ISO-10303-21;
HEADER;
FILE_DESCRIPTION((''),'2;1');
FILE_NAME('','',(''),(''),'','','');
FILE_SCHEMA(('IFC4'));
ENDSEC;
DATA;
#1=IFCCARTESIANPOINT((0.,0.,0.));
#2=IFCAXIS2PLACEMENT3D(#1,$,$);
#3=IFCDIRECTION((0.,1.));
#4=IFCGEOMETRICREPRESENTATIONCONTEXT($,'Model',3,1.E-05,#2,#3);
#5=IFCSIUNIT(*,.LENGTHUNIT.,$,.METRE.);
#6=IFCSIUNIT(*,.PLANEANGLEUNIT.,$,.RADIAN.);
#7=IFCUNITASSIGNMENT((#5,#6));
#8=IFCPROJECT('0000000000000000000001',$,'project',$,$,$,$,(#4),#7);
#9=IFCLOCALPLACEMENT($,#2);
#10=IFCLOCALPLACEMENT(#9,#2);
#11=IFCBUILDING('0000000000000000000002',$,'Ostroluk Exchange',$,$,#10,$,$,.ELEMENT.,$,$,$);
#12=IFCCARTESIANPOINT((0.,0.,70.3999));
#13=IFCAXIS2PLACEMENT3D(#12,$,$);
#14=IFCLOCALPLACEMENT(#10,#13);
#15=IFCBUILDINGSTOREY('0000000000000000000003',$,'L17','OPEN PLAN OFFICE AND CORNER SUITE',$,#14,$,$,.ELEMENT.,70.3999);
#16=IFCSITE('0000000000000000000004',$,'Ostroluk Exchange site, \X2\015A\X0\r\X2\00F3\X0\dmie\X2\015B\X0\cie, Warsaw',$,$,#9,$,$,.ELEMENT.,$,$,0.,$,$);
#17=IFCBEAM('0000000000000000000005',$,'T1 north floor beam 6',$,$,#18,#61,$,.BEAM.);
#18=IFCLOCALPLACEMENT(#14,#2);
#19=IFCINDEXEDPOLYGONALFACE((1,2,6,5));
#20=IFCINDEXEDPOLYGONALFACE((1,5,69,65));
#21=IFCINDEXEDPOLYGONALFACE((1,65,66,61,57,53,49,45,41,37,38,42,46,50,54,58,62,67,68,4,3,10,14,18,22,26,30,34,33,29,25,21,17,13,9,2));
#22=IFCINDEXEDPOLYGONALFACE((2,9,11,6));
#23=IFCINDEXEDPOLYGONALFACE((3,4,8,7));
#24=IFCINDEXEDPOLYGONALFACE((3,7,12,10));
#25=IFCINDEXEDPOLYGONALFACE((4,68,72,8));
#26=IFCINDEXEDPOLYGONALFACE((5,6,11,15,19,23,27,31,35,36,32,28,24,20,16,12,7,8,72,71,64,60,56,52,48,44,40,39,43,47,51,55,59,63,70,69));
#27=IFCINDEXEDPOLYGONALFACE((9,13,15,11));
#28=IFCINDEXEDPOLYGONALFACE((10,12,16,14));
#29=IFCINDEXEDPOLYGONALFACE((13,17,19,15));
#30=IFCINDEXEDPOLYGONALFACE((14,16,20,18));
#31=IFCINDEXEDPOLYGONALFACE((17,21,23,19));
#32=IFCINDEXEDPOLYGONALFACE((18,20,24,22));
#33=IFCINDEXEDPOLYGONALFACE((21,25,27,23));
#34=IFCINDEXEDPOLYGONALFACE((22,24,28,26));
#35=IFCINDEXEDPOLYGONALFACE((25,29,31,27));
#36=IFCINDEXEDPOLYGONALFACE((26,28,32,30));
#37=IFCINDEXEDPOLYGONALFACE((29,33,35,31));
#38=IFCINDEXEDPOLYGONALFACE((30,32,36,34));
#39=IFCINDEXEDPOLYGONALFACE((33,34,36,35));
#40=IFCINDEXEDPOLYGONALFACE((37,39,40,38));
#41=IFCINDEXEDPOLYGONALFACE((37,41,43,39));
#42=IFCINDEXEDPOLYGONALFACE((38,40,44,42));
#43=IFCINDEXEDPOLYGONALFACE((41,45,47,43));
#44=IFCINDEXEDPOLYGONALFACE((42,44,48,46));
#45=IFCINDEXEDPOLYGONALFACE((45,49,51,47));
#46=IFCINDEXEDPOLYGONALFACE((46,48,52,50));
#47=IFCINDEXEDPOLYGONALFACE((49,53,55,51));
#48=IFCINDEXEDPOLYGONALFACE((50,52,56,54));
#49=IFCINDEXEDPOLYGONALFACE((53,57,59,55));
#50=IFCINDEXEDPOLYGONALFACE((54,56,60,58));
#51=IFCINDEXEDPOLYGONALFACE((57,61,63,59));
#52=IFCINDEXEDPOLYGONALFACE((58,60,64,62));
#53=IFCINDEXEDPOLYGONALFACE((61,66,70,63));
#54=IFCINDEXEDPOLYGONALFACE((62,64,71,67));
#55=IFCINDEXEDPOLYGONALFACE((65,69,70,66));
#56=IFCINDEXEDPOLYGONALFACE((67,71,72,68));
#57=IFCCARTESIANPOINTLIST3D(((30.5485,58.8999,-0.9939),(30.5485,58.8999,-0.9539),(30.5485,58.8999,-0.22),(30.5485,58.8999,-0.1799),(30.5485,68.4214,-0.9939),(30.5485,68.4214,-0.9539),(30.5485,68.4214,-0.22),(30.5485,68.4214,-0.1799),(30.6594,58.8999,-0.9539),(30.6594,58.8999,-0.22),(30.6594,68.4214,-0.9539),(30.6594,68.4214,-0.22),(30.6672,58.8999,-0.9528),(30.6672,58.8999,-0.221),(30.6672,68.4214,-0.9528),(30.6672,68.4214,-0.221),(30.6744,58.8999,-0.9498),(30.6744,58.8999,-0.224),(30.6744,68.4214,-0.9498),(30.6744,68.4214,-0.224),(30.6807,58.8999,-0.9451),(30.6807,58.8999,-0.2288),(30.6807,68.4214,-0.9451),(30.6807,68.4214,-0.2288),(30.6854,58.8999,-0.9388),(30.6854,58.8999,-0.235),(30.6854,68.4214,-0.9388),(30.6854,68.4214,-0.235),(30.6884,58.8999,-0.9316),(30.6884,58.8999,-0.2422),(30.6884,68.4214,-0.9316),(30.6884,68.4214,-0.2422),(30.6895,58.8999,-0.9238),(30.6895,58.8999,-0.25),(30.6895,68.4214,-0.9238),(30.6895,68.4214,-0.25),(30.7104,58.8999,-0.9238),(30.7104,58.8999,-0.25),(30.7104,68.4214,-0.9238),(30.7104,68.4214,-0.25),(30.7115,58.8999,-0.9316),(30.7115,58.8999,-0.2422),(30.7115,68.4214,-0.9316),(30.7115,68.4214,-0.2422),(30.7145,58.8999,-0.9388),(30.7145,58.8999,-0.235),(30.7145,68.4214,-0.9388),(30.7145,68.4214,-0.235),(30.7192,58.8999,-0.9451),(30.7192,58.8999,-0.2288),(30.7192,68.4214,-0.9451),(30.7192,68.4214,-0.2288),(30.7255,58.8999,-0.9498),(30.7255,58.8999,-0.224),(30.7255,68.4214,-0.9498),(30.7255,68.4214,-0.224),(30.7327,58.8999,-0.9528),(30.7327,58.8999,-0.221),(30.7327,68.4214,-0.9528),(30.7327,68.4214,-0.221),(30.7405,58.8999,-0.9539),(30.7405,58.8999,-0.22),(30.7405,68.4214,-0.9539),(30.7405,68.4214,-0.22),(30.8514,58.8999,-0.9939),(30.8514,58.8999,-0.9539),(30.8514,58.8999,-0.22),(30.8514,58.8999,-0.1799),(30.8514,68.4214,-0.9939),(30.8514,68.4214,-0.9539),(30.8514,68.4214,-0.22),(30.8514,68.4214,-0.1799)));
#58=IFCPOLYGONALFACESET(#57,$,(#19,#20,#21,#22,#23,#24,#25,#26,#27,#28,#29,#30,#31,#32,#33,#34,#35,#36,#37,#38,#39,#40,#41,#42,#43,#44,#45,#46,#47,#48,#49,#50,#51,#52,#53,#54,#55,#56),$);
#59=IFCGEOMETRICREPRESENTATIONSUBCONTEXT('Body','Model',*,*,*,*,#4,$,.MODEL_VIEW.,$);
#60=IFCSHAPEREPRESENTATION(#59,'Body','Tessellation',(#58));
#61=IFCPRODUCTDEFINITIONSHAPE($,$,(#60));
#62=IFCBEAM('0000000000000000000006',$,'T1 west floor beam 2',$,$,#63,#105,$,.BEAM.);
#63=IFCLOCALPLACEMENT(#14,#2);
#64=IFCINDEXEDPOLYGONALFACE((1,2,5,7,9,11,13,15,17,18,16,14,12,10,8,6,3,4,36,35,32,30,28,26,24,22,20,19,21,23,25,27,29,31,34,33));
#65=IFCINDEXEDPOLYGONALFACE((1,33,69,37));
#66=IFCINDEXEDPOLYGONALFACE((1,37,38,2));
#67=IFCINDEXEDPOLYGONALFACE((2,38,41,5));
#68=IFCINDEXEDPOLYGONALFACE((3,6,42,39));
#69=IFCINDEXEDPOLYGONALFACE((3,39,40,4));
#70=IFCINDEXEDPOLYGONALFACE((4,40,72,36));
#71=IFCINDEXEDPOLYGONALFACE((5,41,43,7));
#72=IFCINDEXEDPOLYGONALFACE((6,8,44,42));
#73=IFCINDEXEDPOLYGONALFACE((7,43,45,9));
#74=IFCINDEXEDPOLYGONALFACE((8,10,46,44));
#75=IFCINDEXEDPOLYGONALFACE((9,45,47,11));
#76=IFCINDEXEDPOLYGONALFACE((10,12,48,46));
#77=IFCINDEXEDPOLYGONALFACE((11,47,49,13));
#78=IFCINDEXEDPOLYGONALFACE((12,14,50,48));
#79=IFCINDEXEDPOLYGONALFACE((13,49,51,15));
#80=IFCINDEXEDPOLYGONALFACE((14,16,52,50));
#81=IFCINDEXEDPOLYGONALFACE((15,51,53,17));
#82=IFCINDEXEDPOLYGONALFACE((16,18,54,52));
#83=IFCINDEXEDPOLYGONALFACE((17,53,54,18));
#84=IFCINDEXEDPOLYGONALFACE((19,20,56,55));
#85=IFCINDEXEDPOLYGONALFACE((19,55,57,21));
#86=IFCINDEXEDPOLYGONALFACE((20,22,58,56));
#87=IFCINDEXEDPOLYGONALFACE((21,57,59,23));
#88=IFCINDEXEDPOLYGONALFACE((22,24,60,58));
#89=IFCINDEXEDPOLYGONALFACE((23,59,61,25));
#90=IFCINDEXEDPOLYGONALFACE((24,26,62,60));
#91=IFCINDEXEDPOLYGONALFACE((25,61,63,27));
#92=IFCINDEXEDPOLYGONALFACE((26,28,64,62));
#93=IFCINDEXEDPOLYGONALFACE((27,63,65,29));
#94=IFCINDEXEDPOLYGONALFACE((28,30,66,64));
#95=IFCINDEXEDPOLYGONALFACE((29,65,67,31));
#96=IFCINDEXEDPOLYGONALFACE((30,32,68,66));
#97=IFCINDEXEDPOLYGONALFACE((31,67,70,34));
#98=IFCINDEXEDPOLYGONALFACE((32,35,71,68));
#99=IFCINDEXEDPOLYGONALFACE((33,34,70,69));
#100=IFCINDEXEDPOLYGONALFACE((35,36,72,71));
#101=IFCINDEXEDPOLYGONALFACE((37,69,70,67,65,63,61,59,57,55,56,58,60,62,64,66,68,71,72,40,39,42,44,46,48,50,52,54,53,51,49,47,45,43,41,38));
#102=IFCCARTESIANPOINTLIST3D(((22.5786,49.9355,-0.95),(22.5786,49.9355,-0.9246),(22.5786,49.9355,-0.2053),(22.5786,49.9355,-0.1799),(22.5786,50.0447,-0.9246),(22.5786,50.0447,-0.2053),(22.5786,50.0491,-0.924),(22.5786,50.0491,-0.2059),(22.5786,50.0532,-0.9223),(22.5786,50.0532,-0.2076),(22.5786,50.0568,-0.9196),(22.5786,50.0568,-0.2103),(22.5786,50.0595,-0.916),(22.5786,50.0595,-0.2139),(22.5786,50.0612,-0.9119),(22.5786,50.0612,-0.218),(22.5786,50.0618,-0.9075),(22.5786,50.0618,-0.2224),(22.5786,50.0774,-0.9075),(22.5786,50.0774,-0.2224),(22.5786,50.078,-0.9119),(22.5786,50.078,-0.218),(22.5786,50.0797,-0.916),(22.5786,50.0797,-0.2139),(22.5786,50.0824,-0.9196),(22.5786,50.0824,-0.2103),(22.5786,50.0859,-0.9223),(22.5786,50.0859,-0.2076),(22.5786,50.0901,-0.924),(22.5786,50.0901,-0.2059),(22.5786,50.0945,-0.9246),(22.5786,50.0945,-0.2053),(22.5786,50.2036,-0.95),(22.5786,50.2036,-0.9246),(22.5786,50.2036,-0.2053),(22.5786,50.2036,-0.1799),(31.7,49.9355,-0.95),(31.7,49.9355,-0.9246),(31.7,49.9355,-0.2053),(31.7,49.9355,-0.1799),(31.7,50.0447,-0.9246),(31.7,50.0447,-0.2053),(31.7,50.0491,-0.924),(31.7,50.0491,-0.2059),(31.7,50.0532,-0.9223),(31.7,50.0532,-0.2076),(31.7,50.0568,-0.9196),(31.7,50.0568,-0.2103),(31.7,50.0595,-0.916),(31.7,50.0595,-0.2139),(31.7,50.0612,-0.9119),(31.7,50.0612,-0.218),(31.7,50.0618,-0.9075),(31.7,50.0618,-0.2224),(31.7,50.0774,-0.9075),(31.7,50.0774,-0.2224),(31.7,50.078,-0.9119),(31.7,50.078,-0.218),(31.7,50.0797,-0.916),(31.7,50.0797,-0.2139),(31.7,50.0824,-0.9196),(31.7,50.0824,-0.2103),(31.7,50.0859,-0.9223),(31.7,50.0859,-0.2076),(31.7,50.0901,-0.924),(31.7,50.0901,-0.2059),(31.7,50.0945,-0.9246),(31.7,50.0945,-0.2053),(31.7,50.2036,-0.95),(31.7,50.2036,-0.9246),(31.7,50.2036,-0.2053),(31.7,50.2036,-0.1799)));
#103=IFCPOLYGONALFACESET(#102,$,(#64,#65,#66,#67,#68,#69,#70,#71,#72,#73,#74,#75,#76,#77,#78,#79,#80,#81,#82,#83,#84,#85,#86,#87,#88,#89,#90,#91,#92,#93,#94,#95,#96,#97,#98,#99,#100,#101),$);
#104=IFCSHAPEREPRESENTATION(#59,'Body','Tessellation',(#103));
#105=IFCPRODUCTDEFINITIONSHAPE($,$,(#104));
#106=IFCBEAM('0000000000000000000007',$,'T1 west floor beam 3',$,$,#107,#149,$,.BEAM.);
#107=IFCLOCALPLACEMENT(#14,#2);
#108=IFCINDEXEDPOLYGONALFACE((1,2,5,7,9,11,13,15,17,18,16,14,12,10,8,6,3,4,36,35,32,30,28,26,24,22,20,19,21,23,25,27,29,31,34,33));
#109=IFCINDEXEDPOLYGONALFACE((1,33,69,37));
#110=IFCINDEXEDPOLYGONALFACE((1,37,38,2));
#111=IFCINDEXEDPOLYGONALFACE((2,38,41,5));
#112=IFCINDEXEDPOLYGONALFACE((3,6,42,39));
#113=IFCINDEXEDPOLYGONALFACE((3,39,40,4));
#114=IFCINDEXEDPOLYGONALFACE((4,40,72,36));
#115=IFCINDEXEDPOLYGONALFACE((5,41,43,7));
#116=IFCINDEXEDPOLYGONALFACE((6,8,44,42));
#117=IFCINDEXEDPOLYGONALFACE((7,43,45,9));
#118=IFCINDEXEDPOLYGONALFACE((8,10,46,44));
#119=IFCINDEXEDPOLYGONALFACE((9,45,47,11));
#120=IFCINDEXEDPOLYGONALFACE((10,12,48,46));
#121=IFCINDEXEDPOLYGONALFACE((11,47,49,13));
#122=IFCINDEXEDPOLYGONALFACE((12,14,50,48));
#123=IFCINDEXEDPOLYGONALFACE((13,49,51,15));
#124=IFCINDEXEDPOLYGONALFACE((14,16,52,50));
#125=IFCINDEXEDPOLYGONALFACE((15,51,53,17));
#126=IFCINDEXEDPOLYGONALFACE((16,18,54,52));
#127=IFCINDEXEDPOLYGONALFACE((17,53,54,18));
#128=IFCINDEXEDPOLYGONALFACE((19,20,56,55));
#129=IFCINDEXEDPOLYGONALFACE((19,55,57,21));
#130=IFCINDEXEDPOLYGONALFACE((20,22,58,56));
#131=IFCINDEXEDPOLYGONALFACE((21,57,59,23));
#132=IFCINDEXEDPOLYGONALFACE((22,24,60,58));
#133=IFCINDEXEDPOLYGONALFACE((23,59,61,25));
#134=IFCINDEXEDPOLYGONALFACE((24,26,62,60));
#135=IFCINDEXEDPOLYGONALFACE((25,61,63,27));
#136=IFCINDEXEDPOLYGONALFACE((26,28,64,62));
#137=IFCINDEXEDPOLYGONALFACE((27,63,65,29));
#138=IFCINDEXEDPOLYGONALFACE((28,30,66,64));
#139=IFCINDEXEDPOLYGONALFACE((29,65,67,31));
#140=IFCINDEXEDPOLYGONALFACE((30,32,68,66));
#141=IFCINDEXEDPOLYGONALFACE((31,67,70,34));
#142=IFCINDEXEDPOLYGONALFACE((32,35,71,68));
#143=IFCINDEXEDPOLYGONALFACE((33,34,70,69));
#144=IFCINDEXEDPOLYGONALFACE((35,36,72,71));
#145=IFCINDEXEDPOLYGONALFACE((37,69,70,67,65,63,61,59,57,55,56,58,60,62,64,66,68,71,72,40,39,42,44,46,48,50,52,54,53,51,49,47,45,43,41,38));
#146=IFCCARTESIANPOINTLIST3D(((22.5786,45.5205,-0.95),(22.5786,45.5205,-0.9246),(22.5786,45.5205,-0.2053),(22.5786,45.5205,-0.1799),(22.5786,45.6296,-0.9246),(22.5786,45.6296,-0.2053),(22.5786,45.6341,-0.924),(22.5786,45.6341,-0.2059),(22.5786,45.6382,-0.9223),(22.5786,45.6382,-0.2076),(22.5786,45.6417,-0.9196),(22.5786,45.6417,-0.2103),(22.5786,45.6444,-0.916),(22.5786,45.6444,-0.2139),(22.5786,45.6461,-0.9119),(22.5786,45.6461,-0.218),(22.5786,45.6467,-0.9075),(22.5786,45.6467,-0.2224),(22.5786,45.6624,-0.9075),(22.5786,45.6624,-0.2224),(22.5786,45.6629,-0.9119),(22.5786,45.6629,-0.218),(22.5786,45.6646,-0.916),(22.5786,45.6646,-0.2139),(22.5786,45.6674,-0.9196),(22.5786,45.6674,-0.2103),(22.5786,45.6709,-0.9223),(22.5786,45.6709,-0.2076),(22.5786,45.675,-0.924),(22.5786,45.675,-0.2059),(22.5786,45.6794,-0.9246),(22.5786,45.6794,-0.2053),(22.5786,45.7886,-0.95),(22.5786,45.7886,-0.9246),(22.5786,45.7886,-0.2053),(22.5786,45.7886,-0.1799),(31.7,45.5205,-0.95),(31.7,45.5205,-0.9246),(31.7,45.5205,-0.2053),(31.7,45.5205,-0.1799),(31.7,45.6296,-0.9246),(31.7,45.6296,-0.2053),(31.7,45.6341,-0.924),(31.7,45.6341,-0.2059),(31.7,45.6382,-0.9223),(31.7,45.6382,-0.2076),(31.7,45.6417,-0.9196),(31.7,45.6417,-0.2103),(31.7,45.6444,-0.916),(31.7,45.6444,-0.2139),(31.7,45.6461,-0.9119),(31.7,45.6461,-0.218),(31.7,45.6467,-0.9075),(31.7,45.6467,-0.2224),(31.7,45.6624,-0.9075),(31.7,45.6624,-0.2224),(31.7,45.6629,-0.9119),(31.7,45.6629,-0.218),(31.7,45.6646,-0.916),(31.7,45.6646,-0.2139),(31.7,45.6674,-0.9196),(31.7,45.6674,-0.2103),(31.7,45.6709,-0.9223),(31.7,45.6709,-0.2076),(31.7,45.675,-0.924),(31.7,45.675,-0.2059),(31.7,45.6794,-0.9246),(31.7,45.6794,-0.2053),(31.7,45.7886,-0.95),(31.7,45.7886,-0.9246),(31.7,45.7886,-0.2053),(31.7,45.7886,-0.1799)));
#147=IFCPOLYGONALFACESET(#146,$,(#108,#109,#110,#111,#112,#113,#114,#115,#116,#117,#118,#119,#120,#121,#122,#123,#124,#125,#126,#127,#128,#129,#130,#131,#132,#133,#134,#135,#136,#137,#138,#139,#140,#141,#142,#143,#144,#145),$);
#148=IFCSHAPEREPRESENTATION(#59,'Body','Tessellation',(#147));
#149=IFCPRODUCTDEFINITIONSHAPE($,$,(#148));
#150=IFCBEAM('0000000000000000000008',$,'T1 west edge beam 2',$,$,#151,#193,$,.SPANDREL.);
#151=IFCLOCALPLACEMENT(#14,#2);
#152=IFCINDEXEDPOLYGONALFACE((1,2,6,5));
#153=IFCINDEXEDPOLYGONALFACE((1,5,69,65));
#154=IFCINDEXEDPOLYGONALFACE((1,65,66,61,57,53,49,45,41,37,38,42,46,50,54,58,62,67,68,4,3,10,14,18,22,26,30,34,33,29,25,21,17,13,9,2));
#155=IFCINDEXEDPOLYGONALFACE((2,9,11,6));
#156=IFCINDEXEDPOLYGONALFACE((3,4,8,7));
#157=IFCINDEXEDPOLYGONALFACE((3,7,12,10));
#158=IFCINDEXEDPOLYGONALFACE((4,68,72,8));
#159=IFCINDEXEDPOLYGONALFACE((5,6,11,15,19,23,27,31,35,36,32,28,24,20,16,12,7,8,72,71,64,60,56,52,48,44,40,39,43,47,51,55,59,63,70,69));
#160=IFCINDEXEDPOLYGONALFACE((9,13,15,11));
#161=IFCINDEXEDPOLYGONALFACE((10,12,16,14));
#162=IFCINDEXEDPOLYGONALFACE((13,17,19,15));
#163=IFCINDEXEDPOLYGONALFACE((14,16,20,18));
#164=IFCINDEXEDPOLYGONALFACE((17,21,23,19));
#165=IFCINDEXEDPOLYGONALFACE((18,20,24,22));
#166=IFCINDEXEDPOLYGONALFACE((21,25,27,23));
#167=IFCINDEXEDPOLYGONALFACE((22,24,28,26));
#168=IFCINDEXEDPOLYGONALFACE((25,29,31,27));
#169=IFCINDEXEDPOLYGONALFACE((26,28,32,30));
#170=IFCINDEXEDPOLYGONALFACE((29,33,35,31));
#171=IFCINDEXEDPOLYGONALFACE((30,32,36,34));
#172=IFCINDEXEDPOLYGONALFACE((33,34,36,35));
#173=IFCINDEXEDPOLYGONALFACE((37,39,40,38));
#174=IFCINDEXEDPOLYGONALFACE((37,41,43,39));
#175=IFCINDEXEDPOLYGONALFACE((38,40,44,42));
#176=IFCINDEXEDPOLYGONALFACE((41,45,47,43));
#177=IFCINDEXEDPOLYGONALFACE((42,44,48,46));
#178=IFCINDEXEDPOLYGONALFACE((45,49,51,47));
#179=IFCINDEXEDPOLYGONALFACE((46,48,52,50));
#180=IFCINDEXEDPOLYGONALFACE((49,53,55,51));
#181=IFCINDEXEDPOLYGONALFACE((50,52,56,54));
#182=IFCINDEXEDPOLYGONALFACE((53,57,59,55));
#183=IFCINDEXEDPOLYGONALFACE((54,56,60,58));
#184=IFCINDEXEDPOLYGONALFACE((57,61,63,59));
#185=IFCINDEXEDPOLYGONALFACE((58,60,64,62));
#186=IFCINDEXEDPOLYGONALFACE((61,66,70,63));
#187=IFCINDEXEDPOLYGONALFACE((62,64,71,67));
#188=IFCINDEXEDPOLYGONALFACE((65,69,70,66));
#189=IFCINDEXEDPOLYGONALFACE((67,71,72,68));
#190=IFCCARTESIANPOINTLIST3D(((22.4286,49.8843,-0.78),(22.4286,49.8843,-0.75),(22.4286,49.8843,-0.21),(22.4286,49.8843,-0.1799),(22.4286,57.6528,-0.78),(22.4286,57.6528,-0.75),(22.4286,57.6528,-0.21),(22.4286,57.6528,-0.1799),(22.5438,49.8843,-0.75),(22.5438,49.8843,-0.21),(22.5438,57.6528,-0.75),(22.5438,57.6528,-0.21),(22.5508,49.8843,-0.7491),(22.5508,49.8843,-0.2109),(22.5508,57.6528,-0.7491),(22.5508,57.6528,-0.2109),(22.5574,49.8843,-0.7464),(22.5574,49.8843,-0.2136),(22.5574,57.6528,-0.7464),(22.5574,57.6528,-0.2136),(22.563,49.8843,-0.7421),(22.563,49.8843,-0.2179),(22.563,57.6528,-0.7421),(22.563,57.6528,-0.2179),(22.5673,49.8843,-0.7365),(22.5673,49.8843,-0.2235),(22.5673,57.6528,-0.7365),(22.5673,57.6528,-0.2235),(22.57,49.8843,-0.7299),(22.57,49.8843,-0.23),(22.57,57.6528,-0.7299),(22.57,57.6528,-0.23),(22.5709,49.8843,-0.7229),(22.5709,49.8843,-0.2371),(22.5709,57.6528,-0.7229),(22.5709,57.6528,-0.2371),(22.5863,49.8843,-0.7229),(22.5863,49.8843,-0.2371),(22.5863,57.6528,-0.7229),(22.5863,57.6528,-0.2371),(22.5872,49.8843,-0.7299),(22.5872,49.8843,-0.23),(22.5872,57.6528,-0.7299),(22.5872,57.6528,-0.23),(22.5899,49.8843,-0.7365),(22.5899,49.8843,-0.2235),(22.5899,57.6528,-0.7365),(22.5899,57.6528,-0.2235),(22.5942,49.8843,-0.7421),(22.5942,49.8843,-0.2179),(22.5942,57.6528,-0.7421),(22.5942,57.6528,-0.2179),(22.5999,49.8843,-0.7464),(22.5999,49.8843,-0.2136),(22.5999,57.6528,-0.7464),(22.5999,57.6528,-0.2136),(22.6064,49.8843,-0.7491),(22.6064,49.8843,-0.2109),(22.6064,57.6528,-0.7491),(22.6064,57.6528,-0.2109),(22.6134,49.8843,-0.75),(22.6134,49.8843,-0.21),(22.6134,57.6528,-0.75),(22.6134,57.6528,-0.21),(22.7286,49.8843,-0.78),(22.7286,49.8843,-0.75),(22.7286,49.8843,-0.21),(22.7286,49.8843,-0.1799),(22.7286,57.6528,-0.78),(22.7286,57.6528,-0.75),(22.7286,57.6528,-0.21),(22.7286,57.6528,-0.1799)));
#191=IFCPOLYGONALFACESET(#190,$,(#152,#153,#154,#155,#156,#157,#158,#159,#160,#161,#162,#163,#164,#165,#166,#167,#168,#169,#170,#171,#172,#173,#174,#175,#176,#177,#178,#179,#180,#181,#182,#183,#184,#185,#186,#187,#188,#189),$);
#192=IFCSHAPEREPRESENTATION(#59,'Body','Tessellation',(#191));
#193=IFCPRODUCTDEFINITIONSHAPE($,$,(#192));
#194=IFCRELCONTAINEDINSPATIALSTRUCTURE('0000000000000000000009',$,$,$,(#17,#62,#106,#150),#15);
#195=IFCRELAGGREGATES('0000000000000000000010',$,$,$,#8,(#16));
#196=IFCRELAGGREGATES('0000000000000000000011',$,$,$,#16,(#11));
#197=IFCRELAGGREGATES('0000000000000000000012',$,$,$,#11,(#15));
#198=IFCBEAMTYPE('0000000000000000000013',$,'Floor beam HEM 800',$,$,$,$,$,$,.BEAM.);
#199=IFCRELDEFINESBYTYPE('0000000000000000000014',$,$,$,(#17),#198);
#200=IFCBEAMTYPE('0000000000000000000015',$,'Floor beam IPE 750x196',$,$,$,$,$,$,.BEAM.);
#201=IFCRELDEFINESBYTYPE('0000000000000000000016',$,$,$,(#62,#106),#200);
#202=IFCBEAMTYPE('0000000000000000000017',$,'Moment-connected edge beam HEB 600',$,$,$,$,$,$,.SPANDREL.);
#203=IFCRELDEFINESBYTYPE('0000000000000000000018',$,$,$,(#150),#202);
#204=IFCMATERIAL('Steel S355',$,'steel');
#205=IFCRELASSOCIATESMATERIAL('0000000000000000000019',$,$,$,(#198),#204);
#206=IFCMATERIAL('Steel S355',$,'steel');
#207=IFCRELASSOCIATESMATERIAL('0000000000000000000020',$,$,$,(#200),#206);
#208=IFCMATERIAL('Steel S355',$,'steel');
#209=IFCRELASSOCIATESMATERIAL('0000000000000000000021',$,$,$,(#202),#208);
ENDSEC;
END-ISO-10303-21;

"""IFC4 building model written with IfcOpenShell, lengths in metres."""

from ifc_helpers import new_model, si_unit, direction, frame, origin, origin_2d, place, context, subcontext, project, spatial, i_section, extrude, material, material_profile, profile_set, type_object, element, save


model = new_model("IFC4")

# Units and contexts
model_context = context("Model", 3, precision=1e-05, world=origin(), true_north=direction((0.0, 1.0)))
body_context = subcontext(model_context, "Body", "Model", "MODEL_VIEW")
ifc_project = project(units=[si_unit("LENGTHUNIT", "METRE"), si_unit("PLANEANGLEUNIT", "RADIAN")], contexts=[model_context])

# Site, building, storey
site_placement = place(None, origin())
site = spatial("IfcSite", under=ifc_project, at=site_placement, Name="Ostroluk Exchange site, Śródmieście, Warsaw", CompositionType="ELEMENT", RefElevation=0.0)
building_placement = place(site_placement, origin())
building = spatial("IfcBuilding", under=site, at=building_placement, Name="Ostroluk Exchange", CompositionType="ELEMENT")
storey_placement = place(building_placement, frame((0.0, 0.0, 70.3999)))
storey = spatial("IfcBuildingStorey", under=building, at=storey_placement, Name="L17", Description="OPEN PLAN OFFICE AND CORNER SUITE", CompositionType="ELEMENT", Elevation=70.3999)

# Beams
ifc_material_1 = material(Name="Steel S355", Category="steel")
ifc_material_profile_1 = material_profile(ifc_material_1, i_section(OverallWidth=0.303, OverallDepth=0.814, WebThickness=0.021, FlangeThickness=0.04, FilletRadius=0.03, at=origin_2d()), Name="HEM 800")
ifc_profile_set_1 = profile_set([ifc_material_profile_1], Name="Steel S355")
beam_type_1 = type_object("IfcBeamType", Name="Floor beam HEM 800", PredefinedType="BEAM", material=ifc_profile_set_1)
beam_placement = place(storey_placement, frame((30.7, 58.8999, -0.5869), z_axis=(0.0, 1.0, 0.0), x_axis=(-1.0, 0.0, 0.0)))
element("IfcBeam", 1, at=beam_placement, inside=storey, type_object=beam_type_1, Name="T1 north floor beam 6", PredefinedType="BEAM", context=body_context, shape_type="SweptSolid", body=[
    extrude(i_section(OverallWidth=0.303, OverallDepth=0.814, WebThickness=0.021, FlangeThickness=0.04, FilletRadius=0.03, at=origin_2d()), origin(), (0.0, 0.0, 1.0), 9.5215),
])
ifc_material_2 = material(Name="Steel S355", Category="steel")
ifc_material_profile_2 = material_profile(ifc_material_2, i_section(OverallWidth=0.2681, OverallDepth=0.77, WebThickness=0.0156, FlangeThickness=0.0254, FilletRadius=0.0171, at=origin_2d()), Name="IPE 750x196")
ifc_profile_set_2 = profile_set([ifc_material_profile_2], Name="Steel S355")
beam_type_2 = type_object("IfcBeamType", Name="Floor beam IPE 750x196", PredefinedType="BEAM", material=ifc_profile_set_2)
for number, where, z_axis, x_axis, name in (
    (2, (31.7, 50.0696, -0.5649), (-1.0, 0.0, 0.0), (0.0, -1.0, 0.0), "T1 west floor beam 2"),
    (3, (31.7, 45.6545, -0.5649), (-1.0, 0.0, 0.0), (0.0, -1.0, 0.0), "T1 west floor beam 3"),
):
    element("IfcBeam", number, at=place(storey_placement, frame(where, z_axis=z_axis, x_axis=x_axis)), inside=storey, type_object=beam_type_2, Name=name, PredefinedType="BEAM", context=body_context, shape_type="SweptSolid", body=[
        extrude(i_section(OverallWidth=0.2681, OverallDepth=0.77, WebThickness=0.0156, FlangeThickness=0.0254, FilletRadius=0.0171, at=origin_2d()), origin(), (0.0, 0.0, 1.0), 9.1213),
    ])
ifc_material_3 = material(Name="Steel S355", Category="steel")
ifc_material_profile_3 = material_profile(ifc_material_3, i_section(OverallWidth=0.3, OverallDepth=0.6001, WebThickness=0.0154, FlangeThickness=0.03, FilletRadius=0.0271, at=origin_2d()), Name="HEB 600")
ifc_profile_set_3 = profile_set([ifc_material_profile_3], Name="Steel S355")
beam_type_3 = type_object("IfcBeamType", Name="Moment-connected edge beam HEB 600", PredefinedType="SPANDREL", material=ifc_profile_set_3)
for number, where, z_axis, x_axis, name in (
    (4, (22.5786, 57.6528, -0.48), (0.0, -1.0, 0.0), (1.0, 0.0, 0.0), "T1 west edge beam 2"),
):
    element("IfcBeam", number, at=place(storey_placement, frame(where, z_axis=z_axis, x_axis=x_axis)), inside=storey, type_object=beam_type_3, Name=name, PredefinedType="SPANDREL", context=body_context, shape_type="SweptSolid", body=[
        extrude(i_section(OverallWidth=0.3, OverallDepth=0.6001, WebThickness=0.0154, FlangeThickness=0.03, FilletRadius=0.0271, at=origin_2d()), origin(), (0.0, 0.0, 1.0), 7.7686),
    ])

save(model, "model.ifc")
